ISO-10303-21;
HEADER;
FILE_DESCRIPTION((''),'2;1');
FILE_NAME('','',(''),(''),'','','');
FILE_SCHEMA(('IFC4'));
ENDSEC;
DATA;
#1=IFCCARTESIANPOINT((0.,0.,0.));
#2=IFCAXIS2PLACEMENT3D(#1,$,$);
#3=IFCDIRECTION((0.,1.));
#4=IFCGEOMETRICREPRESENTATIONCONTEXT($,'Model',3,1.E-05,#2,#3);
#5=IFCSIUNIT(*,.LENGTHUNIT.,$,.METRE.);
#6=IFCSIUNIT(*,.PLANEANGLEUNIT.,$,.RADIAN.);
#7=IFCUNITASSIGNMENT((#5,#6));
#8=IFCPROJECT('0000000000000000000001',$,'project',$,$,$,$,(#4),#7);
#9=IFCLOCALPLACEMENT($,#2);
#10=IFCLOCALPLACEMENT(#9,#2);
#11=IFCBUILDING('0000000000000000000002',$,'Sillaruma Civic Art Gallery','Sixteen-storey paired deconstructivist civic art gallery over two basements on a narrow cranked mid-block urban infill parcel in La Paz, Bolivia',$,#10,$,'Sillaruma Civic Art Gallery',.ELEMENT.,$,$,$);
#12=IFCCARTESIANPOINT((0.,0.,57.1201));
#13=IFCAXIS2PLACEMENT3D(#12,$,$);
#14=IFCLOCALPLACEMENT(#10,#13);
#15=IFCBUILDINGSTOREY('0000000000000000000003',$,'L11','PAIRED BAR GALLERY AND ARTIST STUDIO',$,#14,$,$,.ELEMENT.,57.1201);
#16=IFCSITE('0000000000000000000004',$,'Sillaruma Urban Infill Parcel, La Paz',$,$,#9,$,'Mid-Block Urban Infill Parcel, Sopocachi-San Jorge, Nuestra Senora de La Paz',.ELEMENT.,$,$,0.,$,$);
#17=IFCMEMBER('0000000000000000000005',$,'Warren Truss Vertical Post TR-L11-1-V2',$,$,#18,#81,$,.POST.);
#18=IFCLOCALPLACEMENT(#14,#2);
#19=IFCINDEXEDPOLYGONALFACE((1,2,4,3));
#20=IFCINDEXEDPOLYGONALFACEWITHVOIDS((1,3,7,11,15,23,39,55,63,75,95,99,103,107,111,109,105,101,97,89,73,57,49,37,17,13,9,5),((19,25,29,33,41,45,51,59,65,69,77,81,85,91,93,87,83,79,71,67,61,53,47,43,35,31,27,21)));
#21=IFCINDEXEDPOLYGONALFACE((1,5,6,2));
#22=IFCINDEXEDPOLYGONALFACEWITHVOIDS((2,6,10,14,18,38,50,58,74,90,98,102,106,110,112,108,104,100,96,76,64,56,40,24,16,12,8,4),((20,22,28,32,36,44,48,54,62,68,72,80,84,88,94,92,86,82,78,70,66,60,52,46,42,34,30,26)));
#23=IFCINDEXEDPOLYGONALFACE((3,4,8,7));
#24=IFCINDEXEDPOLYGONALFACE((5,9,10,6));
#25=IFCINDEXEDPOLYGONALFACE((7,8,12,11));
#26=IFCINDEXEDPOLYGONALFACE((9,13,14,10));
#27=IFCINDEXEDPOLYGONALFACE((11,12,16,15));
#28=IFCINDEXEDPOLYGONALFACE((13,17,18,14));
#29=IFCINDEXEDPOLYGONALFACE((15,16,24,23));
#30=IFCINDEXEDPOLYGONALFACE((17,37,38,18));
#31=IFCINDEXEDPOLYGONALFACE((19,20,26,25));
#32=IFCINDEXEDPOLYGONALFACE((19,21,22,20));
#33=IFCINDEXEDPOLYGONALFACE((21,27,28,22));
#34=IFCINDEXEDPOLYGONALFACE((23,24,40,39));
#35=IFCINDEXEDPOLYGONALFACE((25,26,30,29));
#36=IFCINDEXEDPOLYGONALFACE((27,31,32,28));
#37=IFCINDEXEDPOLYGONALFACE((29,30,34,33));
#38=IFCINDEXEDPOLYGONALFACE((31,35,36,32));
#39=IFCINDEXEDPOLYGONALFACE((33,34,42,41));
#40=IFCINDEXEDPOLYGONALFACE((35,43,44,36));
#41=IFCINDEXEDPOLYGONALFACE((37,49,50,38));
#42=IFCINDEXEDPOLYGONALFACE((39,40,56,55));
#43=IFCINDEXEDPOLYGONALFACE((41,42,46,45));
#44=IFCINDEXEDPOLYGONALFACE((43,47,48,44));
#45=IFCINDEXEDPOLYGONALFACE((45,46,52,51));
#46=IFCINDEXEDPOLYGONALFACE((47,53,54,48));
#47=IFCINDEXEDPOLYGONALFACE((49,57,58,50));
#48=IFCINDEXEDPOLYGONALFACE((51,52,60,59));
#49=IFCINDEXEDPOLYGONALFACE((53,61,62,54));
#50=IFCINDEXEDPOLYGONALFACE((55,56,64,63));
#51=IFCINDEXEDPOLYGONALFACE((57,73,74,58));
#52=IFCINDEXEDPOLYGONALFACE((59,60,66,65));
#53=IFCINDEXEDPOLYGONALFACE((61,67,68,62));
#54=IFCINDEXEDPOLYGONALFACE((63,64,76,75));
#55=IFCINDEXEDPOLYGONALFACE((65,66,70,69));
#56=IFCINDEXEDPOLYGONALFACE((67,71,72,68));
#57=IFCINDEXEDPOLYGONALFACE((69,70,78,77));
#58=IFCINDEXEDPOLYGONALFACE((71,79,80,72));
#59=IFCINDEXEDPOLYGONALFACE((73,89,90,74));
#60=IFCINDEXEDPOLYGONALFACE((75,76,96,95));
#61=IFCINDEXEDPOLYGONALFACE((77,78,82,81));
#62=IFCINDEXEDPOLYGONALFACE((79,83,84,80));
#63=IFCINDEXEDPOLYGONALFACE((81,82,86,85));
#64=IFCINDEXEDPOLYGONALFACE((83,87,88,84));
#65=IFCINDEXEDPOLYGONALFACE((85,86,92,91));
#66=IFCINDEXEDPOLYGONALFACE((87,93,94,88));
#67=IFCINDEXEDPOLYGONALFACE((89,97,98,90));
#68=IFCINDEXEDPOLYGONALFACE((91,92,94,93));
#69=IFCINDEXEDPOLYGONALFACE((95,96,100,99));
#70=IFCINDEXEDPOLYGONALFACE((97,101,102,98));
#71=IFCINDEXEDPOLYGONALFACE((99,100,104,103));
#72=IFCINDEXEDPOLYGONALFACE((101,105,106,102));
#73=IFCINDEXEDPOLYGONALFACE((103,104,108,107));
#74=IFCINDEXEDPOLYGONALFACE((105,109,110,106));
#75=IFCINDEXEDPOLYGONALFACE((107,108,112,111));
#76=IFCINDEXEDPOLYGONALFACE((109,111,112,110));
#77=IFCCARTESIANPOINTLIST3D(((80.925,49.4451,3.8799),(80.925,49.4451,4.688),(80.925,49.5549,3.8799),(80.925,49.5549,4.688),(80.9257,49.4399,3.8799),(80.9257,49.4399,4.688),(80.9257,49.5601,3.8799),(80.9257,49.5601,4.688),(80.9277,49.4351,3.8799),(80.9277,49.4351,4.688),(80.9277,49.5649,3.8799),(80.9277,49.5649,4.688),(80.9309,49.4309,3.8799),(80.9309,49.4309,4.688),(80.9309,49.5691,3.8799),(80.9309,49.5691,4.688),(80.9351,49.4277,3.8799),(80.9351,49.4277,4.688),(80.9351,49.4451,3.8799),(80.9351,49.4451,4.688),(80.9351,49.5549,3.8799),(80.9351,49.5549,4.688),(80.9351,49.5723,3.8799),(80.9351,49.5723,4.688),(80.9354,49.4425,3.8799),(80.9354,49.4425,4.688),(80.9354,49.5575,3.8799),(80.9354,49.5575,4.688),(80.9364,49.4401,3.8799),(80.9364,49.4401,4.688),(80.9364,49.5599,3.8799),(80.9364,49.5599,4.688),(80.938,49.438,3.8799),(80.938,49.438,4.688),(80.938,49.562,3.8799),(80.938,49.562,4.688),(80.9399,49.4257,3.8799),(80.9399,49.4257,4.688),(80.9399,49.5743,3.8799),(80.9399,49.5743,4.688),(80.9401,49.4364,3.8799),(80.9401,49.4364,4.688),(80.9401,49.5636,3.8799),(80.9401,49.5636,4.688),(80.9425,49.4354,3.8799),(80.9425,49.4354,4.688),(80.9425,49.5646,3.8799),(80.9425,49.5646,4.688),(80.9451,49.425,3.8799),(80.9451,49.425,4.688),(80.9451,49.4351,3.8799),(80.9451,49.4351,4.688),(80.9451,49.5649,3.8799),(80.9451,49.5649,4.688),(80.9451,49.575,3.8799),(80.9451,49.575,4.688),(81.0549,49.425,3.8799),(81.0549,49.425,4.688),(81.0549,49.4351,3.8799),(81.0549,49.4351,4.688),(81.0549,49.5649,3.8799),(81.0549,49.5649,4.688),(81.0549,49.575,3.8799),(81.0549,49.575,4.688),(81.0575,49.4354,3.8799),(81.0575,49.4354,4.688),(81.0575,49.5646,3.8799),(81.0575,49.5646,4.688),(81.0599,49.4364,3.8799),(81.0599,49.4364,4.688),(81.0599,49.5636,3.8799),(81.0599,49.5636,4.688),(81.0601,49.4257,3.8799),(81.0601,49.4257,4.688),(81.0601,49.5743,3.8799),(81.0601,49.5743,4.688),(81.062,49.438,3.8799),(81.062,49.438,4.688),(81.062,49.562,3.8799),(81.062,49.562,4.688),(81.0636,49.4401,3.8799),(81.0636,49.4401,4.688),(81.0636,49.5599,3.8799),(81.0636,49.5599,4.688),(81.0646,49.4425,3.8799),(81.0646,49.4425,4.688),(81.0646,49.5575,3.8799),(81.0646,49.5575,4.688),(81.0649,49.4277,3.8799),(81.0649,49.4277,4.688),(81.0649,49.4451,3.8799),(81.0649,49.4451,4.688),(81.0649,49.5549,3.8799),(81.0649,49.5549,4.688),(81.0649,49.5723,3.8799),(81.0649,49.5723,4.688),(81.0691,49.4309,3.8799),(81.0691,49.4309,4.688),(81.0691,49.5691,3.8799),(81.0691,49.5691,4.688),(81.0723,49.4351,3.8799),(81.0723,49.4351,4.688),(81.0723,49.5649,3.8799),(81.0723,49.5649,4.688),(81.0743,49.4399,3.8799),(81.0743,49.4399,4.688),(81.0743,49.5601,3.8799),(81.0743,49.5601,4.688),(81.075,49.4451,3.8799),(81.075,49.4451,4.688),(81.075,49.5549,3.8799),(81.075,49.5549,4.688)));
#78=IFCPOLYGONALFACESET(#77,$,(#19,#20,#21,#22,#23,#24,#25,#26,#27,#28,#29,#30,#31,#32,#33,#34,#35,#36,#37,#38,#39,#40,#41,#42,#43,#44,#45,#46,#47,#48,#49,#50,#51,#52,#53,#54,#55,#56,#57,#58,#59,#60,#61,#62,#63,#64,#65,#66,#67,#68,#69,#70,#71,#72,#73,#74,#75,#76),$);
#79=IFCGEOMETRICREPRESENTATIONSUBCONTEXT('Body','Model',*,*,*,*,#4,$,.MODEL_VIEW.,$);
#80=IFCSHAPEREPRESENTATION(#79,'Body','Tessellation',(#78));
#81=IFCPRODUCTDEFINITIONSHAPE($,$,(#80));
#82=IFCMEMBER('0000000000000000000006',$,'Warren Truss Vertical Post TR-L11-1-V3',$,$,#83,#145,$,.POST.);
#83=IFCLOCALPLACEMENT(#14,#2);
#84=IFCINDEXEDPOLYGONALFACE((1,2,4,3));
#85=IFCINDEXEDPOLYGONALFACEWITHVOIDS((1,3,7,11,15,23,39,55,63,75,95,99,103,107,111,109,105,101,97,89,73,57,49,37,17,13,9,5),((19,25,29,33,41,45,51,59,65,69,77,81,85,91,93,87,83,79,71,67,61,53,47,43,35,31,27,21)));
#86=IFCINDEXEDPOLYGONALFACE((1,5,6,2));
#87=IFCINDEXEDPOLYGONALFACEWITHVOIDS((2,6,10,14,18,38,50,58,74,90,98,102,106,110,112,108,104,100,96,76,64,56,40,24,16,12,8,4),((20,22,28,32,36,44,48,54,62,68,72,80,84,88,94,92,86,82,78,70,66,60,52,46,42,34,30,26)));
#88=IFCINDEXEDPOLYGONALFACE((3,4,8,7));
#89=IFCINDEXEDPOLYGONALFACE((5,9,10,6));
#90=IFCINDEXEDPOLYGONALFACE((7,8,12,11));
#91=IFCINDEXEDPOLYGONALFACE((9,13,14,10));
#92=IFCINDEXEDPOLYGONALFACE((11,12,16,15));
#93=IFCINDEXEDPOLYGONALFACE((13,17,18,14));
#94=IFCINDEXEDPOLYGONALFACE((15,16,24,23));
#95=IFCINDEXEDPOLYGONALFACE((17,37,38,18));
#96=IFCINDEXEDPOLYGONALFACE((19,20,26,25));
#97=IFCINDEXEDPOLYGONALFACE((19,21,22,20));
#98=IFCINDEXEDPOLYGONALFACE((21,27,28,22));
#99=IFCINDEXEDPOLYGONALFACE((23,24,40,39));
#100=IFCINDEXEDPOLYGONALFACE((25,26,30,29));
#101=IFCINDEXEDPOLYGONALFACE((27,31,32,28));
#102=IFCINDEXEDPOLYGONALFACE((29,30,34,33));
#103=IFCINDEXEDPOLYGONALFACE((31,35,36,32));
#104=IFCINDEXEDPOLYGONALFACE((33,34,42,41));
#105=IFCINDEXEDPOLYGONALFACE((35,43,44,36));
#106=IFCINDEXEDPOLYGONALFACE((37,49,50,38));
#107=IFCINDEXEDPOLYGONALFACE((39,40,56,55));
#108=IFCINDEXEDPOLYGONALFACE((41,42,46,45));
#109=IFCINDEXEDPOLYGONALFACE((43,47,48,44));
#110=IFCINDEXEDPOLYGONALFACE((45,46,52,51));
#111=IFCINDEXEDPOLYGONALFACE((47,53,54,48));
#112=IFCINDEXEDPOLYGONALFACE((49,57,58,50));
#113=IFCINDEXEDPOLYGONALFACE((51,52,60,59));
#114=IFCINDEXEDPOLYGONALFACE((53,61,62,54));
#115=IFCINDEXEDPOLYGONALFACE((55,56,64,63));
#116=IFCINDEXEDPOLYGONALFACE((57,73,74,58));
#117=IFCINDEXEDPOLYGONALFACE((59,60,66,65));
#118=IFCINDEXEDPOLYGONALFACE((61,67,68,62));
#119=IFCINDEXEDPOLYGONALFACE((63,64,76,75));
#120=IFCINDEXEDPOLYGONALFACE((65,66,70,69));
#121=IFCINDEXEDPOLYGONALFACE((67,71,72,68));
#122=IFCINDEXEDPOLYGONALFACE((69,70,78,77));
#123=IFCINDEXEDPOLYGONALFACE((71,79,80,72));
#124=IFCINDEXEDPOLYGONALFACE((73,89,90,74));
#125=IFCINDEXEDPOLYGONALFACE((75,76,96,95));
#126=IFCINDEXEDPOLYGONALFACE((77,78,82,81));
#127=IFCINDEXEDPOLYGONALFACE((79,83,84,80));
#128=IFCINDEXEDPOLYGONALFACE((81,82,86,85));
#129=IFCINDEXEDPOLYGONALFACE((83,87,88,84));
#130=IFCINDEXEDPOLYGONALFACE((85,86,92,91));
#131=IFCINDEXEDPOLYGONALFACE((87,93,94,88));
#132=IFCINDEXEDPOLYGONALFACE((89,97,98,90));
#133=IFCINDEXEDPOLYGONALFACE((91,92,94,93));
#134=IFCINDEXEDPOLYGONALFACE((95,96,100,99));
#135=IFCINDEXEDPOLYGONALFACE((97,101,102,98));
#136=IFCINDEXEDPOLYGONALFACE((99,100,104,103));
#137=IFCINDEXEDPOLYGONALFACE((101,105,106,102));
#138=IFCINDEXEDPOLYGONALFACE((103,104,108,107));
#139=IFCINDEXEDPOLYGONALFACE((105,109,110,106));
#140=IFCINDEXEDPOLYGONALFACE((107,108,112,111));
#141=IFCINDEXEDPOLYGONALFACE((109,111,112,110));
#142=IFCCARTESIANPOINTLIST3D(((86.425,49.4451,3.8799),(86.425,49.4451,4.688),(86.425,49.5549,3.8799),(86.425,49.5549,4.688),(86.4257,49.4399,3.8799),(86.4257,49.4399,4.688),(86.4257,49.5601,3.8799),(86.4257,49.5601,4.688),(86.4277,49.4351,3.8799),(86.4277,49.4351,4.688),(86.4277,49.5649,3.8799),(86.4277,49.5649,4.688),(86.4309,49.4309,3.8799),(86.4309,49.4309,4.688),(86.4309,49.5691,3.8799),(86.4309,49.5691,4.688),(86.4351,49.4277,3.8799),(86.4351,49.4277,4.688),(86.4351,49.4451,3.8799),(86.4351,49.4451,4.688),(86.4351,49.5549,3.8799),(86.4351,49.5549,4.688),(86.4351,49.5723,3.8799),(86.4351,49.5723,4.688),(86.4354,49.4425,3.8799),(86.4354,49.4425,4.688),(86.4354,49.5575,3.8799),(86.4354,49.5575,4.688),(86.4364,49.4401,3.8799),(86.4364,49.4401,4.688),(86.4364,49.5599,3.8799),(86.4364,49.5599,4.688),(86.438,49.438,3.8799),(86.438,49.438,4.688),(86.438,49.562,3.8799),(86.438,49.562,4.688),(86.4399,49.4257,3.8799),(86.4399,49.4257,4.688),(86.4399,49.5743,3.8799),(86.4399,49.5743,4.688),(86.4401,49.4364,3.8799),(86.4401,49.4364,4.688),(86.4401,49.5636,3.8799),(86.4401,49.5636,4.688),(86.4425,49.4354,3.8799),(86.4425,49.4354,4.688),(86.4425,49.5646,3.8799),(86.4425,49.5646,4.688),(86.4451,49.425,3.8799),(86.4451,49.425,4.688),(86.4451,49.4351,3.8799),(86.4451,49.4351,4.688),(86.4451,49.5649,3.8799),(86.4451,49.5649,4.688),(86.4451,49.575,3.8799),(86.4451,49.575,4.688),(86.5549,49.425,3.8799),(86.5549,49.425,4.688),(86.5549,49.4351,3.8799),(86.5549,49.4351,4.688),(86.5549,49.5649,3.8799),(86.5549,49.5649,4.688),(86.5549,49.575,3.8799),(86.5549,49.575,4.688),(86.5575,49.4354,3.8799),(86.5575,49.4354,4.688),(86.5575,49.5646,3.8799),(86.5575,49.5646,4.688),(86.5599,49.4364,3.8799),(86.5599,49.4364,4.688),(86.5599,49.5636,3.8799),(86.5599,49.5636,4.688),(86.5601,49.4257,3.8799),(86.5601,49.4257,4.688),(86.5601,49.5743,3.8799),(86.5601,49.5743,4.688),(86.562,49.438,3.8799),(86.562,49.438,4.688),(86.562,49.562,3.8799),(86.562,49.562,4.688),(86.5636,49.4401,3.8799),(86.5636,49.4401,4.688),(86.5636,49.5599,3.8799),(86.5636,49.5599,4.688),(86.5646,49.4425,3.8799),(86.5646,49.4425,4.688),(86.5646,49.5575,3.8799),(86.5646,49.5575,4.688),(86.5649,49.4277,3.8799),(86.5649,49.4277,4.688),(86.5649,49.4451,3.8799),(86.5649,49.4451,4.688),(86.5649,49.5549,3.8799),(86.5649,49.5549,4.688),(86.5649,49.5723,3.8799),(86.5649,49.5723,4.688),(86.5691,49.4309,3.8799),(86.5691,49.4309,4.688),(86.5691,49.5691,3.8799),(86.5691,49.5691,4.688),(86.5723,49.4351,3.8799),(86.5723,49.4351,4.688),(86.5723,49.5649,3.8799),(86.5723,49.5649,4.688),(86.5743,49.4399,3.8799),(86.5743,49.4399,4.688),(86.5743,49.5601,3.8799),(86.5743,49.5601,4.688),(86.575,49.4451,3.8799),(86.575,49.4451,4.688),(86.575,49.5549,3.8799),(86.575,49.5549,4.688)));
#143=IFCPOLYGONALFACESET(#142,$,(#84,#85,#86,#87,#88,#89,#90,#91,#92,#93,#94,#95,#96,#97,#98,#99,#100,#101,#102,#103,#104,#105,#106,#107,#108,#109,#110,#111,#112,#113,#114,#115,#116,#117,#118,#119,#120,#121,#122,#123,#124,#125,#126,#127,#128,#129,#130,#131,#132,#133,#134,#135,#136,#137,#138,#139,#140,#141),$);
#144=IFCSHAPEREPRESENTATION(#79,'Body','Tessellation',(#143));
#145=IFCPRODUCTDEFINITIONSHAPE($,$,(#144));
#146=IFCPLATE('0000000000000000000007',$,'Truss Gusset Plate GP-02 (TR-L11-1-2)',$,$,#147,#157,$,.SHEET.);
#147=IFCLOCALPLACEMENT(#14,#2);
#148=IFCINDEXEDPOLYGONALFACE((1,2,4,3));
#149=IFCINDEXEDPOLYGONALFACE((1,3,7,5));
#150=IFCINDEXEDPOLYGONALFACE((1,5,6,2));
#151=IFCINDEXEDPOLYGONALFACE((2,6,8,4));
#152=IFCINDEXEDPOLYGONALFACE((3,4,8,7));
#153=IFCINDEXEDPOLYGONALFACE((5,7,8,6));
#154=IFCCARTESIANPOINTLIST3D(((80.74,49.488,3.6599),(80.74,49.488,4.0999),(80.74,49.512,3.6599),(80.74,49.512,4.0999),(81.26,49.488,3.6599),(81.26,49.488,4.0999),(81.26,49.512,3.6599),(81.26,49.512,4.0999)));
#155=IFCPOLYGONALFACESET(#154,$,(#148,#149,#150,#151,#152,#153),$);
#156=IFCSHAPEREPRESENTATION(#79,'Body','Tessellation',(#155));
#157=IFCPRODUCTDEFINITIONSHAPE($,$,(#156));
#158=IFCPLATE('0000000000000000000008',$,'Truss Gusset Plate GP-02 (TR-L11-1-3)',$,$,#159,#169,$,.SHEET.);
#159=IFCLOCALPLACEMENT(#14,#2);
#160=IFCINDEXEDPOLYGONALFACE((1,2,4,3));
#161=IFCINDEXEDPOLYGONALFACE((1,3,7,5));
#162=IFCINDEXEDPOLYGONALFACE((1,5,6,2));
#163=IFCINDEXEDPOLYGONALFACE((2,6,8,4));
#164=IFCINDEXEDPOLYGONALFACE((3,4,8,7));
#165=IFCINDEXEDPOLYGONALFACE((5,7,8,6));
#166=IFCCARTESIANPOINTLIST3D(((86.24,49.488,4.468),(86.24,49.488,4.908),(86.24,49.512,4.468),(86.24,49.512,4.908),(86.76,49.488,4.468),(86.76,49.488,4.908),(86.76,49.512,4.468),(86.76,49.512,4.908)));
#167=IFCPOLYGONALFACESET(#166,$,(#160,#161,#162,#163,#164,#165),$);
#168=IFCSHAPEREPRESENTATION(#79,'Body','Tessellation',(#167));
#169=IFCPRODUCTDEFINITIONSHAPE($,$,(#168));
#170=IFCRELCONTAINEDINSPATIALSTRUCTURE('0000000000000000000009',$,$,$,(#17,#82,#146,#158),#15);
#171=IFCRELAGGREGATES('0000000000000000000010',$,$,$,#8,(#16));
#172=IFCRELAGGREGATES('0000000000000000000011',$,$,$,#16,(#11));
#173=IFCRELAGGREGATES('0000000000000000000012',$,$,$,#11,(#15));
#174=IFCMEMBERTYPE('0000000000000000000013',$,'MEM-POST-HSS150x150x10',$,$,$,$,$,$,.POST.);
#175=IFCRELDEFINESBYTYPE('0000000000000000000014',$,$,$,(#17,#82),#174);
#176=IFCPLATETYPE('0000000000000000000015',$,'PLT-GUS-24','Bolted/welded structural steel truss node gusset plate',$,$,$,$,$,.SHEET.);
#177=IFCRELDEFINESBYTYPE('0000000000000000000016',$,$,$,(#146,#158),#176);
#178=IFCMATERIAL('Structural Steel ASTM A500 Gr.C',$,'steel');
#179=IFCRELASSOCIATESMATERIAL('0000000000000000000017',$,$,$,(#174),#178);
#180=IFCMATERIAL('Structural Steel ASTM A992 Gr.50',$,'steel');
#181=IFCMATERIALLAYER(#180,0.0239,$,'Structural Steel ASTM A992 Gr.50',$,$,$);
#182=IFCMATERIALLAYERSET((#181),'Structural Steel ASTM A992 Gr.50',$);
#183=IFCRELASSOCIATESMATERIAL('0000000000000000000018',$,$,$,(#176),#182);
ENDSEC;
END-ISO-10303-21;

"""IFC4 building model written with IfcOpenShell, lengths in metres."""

from ifc_helpers import new_model, si_unit, direction, frame, origin, origin_2d, place, context, subcontext, project, spatial, rectangle, hollow_rectangle, extrude, material, layer, layer_set, material_profile, profile_set, type_object, element, save


model = new_model("IFC4")

# Units and contexts
model_context = context("Model", 3, precision=1e-05, world=origin(), true_north=direction((0.0, 1.0)))
body_context = subcontext(model_context, "Body", "Model", "MODEL_VIEW")
ifc_project = project(units=[si_unit("LENGTHUNIT", "METRE"), si_unit("PLANEANGLEUNIT", "RADIAN")], contexts=[model_context])

# Site, building, storey
site_placement = place(None, origin())
site = spatial("IfcSite", under=ifc_project, at=site_placement, Name="Sillaruma Urban Infill Parcel, La Paz", LongName="Mid-Block Urban Infill Parcel, Sopocachi-San Jorge, Nuestra Senora de La Paz", CompositionType="ELEMENT", RefElevation=0.0)
building_placement = place(site_placement, origin())
building = spatial("IfcBuilding", under=site, at=building_placement, Name="Sillaruma Civic Art Gallery", Description="Sixteen-storey paired deconstructivist civic art gallery over two basements on a narrow cranked mid-block urban infill parcel in La Paz, Bolivia", LongName="Sillaruma Civic Art Gallery", CompositionType="ELEMENT")
storey_placement = place(building_placement, frame((0.0, 0.0, 57.1201)))
storey = spatial("IfcBuildingStorey", under=building, at=storey_placement, Name="L11", Description="PAIRED BAR GALLERY AND ARTIST STUDIO", CompositionType="ELEMENT", Elevation=57.1201)

# Shared definitions
ifc_material_1 = material(Name="Structural Steel ASTM A992 Gr.50", Category="steel")
ifc_material_2 = material(Name="Structural Steel ASTM A500 Gr.C", Category="steel")

# Members
ifc_material_profile_1 = material_profile(ifc_material_2, hollow_rectangle(XDim=0.1499, YDim=0.1499, WallThickness=0.01, InnerFilletRadius=0.01, OuterFilletRadius=0.02, at=origin_2d()), Name="HSS150x150x10")
ifc_profile_set_1 = profile_set([ifc_material_profile_1], Name="Structural Steel ASTM A500 Gr.C")
member_type_1 = type_object("IfcMemberType", Name="MEM-POST-HSS150x150x10", PredefinedType="POST", material=ifc_profile_set_1)
for number, where, z_axis, x_axis, name in (
    (1, (81.0, 49.5, 3.8799), (0.0, 0.0, 1.0), (1.0, 0.0, 0.0), "Warren Truss Vertical Post TR-L11-1-V2"),
    (2, (86.5, 49.5, 3.8799), (0.0, 0.0, 1.0), (1.0, 0.0, 0.0), "Warren Truss Vertical Post TR-L11-1-V3"),
):
    element("IfcMember", number, at=place(storey_placement, frame(where, z_axis=z_axis, x_axis=x_axis)), inside=storey, type_object=member_type_1, Name=name, PredefinedType="POST", context=body_context, shape_type="SweptSolid", body=[
        extrude(hollow_rectangle(XDim=0.1499, YDim=0.1499, WallThickness=0.01, InnerFilletRadius=0.01, OuterFilletRadius=0.02, at=origin_2d()), origin(), (0.0, 0.0, 1.0), 0.8081),
    ])

# Plates
ifc_layer = layer(ifc_material_1, 0.0239, Name="Structural Steel ASTM A992 Gr.50")
ifc_layer_set = layer_set([ifc_layer], Name="Structural Steel ASTM A992 Gr.50")
plate_type = type_object("IfcPlateType", Name="PLT-GUS-24", Description="Bolted/welded structural steel truss node gusset plate", PredefinedType="SHEET", material=ifc_layer_set)
for number, where, z_axis, x_axis, name in (
    (3, (81.0, 49.5, 3.6599), (0.0, 0.0, 1.0), (1.0, 0.0, 0.0), "Truss Gusset Plate GP-02 (TR-L11-1-2)"),
    (4, (86.5, 49.5, 4.468), (0.0, 0.0, 1.0), (1.0, 0.0, 0.0), "Truss Gusset Plate GP-02 (TR-L11-1-3)"),
):
    element("IfcPlate", number, at=place(storey_placement, frame(where, z_axis=z_axis, x_axis=x_axis)), inside=storey, type_object=plate_type, Name=name, PredefinedType="SHEET", context=body_context, shape_type="SweptSolid", body=[
        extrude(rectangle(XDim=0.52, YDim=0.0239, at=origin_2d()), origin(), (0.0, 0.0, 1.0), 0.4399),
    ])

save(model, "model.ifc")
